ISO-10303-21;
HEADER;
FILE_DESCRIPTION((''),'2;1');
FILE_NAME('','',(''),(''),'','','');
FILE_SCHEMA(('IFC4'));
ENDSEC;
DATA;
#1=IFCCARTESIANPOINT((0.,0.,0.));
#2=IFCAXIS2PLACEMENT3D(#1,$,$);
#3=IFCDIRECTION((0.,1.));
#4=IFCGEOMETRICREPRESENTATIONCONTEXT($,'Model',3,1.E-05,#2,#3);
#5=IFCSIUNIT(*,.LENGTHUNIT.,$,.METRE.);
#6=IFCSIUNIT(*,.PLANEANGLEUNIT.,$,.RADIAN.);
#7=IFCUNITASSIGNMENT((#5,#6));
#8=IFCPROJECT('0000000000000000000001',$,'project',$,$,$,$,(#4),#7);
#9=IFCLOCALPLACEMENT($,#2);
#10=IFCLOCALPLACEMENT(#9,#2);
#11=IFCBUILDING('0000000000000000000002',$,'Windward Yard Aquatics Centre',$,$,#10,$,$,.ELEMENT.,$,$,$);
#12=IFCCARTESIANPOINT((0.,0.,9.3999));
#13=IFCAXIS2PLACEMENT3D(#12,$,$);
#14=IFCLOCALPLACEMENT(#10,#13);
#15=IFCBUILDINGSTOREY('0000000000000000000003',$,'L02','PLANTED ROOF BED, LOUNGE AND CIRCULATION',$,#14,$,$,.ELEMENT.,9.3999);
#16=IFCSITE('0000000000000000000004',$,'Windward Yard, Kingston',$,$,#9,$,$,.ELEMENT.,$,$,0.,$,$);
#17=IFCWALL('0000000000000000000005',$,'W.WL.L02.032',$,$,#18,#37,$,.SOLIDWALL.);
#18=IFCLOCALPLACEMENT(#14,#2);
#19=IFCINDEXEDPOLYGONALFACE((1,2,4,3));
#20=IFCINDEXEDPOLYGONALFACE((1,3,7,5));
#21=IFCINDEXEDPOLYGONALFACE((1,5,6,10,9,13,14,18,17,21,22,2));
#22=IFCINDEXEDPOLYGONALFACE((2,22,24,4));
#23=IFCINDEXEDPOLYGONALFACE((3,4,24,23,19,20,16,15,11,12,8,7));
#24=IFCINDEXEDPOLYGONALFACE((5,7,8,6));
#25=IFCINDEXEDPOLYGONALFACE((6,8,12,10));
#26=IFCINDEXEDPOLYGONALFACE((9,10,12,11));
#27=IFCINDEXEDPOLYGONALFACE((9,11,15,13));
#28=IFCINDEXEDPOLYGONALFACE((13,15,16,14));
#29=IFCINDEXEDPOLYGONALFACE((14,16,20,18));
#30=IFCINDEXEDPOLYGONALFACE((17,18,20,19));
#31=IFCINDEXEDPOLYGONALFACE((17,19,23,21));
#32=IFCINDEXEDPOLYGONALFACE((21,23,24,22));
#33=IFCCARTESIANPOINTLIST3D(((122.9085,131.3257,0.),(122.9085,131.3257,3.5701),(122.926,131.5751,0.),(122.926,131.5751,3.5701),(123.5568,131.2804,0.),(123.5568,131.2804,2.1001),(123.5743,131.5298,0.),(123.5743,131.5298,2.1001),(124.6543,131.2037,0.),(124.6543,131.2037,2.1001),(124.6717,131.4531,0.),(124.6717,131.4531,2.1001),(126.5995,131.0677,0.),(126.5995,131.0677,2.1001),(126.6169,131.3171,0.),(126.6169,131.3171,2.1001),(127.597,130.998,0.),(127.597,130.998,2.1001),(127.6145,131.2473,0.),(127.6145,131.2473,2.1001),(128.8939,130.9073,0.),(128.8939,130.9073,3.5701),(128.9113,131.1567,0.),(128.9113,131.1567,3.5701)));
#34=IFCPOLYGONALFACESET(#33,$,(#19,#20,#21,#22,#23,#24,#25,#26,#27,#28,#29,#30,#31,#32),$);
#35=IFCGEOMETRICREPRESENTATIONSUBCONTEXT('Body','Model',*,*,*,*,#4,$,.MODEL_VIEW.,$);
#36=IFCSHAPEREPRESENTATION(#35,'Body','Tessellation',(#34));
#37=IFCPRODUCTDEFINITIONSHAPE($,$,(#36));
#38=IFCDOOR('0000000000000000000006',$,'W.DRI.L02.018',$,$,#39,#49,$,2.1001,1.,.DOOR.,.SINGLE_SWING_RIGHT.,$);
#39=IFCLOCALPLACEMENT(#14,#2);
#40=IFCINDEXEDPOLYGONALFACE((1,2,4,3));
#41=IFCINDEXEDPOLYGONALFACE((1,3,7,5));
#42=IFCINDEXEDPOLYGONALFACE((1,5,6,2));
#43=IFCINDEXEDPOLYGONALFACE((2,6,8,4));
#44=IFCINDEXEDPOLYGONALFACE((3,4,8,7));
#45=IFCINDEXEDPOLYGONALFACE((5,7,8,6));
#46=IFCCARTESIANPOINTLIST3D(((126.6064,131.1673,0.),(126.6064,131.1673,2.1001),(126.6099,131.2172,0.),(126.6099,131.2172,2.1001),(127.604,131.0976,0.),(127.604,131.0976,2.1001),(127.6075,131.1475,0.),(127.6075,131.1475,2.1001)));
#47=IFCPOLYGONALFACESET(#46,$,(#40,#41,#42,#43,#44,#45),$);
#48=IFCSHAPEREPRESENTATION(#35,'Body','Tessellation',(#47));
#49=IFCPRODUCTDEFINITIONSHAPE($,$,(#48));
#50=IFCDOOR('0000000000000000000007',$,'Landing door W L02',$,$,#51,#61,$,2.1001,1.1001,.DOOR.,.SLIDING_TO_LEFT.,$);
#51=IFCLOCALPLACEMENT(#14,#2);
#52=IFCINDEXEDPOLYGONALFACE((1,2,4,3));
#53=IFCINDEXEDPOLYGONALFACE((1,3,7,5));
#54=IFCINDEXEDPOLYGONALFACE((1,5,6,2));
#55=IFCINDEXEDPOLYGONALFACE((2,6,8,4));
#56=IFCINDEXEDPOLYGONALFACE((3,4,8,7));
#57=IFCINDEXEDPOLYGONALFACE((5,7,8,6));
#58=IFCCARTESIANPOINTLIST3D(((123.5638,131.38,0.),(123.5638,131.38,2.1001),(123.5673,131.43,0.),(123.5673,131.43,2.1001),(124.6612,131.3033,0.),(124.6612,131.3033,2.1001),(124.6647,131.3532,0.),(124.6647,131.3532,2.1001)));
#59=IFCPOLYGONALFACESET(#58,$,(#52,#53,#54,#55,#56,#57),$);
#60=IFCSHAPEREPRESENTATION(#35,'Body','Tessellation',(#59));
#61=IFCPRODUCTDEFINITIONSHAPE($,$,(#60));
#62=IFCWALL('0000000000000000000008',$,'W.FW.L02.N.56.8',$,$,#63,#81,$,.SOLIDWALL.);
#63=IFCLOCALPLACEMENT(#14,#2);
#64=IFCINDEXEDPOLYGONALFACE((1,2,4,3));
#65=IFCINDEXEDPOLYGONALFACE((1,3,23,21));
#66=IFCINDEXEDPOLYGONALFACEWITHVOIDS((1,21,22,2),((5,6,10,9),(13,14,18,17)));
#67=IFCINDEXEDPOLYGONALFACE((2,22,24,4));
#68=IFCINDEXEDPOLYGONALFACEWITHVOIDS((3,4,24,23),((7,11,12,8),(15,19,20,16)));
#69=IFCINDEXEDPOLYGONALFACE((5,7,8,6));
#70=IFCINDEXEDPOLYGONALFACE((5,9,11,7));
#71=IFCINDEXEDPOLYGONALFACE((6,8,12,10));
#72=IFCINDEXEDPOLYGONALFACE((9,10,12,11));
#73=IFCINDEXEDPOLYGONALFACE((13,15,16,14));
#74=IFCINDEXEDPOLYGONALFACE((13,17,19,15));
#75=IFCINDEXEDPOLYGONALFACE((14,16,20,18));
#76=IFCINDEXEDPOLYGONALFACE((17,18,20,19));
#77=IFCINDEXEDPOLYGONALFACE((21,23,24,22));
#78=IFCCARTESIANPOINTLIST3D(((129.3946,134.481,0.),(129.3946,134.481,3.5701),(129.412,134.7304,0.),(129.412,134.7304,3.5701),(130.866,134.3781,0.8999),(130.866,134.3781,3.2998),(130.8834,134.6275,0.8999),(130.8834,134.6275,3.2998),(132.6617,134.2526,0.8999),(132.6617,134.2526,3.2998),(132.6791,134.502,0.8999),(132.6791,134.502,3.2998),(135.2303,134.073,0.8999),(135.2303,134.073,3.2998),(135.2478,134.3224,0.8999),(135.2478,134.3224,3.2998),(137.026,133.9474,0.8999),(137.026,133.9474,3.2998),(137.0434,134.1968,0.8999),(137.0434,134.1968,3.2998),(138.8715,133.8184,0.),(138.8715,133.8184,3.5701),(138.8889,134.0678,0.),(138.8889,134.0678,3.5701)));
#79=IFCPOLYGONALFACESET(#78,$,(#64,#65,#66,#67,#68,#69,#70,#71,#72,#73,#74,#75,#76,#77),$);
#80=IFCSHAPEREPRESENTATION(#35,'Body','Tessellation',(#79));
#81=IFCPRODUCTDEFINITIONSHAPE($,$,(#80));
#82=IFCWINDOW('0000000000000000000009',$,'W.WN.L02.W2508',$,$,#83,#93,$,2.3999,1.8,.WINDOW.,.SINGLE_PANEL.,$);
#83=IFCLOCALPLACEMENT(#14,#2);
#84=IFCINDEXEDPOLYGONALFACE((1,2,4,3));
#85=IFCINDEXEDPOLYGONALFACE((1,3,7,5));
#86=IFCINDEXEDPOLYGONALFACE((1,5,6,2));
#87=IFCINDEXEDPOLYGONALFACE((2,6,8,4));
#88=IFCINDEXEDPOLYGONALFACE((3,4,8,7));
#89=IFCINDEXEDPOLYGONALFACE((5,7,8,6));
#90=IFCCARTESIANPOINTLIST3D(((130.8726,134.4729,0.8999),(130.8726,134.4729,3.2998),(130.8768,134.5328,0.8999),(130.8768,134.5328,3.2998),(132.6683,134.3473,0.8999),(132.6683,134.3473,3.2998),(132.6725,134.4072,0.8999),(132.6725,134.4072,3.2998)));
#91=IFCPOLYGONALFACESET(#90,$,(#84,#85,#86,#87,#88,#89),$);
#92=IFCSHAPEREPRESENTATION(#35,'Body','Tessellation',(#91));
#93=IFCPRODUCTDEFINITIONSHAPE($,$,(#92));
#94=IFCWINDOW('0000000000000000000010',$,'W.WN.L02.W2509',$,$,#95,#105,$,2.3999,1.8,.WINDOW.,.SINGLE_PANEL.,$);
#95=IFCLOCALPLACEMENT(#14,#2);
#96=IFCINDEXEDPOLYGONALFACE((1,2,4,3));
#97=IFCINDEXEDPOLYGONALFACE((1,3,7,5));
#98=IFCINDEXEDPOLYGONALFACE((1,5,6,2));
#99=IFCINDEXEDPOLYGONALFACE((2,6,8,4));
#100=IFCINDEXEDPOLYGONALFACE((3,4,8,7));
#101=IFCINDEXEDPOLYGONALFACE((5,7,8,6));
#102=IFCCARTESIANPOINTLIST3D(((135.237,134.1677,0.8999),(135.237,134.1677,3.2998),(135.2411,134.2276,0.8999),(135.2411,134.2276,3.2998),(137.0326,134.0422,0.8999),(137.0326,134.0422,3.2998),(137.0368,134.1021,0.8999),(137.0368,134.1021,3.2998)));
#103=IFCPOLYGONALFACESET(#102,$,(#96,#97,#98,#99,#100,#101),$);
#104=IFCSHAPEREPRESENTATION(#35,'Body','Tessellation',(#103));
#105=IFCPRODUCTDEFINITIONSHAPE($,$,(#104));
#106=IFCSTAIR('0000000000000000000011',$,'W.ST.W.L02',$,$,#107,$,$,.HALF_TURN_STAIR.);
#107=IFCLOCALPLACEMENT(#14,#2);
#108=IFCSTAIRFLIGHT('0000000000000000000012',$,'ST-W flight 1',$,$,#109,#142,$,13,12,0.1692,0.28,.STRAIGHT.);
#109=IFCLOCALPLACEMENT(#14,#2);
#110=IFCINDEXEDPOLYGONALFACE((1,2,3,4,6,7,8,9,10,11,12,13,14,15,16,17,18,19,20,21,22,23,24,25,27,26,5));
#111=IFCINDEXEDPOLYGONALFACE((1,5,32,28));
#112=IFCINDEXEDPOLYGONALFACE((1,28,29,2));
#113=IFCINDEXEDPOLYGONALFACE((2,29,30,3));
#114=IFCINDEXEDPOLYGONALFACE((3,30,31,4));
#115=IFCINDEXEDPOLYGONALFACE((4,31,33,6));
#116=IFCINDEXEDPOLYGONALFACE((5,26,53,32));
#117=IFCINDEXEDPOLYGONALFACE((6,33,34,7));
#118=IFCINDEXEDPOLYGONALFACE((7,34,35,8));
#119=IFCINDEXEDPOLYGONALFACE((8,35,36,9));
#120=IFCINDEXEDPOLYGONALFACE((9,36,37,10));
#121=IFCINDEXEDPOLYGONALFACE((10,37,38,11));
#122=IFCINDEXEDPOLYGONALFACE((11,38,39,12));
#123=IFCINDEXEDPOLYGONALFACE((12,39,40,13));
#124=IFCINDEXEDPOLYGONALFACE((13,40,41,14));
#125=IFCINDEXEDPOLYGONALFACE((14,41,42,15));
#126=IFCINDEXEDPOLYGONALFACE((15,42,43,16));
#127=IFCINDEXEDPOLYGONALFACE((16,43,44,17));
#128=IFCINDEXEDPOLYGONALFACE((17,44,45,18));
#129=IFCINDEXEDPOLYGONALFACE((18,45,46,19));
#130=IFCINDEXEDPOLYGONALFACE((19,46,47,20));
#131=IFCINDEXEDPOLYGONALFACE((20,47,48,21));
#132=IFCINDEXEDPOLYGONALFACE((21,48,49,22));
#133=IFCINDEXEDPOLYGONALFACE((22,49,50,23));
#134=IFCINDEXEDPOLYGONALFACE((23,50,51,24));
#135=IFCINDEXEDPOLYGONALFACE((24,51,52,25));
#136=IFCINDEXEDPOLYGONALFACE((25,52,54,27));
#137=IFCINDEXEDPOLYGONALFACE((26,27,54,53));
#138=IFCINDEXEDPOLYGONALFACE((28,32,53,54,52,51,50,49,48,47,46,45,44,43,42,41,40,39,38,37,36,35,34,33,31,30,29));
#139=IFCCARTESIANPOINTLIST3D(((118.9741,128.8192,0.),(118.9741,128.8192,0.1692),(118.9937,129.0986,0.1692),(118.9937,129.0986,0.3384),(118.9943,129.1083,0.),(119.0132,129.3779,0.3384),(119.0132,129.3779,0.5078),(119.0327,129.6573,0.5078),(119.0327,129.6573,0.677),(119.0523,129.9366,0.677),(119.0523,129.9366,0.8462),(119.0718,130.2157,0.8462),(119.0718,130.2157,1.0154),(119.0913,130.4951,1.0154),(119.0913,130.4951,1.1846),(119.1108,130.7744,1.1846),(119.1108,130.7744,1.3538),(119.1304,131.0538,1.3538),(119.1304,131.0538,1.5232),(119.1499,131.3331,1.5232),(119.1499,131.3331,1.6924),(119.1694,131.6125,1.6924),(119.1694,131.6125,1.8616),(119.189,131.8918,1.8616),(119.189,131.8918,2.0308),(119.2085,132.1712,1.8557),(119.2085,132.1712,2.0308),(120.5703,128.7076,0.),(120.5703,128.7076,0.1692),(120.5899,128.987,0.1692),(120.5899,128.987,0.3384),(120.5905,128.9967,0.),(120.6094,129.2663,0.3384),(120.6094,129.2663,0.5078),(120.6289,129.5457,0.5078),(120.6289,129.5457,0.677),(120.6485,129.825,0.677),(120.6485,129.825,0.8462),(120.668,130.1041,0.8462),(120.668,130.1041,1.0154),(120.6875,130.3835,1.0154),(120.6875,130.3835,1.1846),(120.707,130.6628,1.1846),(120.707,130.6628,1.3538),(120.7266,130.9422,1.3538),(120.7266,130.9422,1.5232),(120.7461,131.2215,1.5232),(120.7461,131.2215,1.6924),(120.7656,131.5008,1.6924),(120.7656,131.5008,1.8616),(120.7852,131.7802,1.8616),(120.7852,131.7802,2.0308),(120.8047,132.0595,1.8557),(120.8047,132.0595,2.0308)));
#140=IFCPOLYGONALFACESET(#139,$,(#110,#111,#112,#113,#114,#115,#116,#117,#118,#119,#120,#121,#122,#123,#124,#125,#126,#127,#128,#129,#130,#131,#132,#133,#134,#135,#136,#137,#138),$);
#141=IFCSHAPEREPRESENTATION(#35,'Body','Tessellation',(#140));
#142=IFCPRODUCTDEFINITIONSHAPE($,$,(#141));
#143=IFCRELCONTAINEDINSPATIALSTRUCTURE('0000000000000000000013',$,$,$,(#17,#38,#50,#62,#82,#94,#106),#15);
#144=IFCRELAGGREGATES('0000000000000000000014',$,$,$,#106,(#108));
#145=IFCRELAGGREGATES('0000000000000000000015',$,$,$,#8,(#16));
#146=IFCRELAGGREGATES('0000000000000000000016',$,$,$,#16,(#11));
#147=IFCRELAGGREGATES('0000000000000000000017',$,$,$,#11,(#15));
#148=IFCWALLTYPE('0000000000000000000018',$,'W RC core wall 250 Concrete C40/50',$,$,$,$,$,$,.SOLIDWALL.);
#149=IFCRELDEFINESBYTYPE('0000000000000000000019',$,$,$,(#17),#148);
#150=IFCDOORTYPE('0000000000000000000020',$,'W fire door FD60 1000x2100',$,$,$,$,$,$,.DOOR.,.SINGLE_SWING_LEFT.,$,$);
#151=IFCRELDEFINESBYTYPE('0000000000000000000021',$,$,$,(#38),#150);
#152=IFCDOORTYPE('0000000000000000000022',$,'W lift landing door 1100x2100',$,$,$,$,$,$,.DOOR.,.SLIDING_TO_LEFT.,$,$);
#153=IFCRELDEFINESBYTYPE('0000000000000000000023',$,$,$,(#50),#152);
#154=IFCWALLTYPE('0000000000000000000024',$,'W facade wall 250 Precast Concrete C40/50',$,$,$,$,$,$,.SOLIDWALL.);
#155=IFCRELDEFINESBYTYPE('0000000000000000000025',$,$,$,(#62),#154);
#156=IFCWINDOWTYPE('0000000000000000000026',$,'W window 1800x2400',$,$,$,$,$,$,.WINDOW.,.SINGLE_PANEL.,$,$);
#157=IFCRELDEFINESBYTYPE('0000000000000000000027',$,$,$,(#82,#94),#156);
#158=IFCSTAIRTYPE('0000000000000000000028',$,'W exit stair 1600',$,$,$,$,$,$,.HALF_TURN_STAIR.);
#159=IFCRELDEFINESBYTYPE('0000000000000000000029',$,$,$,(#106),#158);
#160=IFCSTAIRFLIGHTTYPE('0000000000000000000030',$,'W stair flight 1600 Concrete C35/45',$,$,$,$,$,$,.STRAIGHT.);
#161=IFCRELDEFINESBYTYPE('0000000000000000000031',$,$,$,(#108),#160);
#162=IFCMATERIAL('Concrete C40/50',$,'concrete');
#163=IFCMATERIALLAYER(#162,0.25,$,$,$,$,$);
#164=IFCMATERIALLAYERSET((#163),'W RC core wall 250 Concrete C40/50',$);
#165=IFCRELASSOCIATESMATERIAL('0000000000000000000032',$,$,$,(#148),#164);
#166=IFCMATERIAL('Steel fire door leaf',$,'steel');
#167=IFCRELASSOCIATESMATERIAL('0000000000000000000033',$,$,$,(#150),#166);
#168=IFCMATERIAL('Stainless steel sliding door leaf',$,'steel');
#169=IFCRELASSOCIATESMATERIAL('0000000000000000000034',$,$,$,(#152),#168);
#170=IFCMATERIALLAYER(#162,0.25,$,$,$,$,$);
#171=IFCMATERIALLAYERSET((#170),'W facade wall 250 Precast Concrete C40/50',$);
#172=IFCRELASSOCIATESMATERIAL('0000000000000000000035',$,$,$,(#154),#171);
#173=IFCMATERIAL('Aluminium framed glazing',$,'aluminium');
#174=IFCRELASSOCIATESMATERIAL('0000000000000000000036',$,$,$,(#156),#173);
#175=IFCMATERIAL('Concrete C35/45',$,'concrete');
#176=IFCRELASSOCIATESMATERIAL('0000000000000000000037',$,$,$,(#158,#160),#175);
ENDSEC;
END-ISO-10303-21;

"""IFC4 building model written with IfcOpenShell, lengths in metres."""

from ifc_helpers import new_model, si_unit, direction, frame, frame_2d, origin, place, context, subcontext, project, spatial, polyline, rectangle, outline, extrude, material, layer, layer_set, type_object, element, fill, aggregate, save


model = new_model("IFC4")

# Units and contexts
model_context = context("Model", 3, precision=1e-05, world=origin(), true_north=direction((0.0, 1.0)))
body_context = subcontext(model_context, "Body", "Model", "MODEL_VIEW")
ifc_project = project(units=[si_unit("LENGTHUNIT", "METRE"), si_unit("PLANEANGLEUNIT", "RADIAN")], contexts=[model_context])

# Site, building, storey
site_placement = place(None, origin())
site = spatial("IfcSite", under=ifc_project, at=site_placement, Name="Windward Yard, Kingston", CompositionType="ELEMENT", RefElevation=0.0)
building_placement = place(site_placement, origin())
building = spatial("IfcBuilding", under=site, at=building_placement, Name="Windward Yard Aquatics Centre", CompositionType="ELEMENT")
storey_placement = place(building_placement, frame((0.0, 0.0, 9.3999)))
storey = spatial("IfcBuildingStorey", under=building, at=storey_placement, Name="L02", Description="PLANTED ROOF BED, LOUNGE AND CIRCULATION", CompositionType="ELEMENT", Elevation=9.3999)

# Shared definitions
ifc_material_1 = material(Name="Concrete C40/50", Category="concrete")

# Shared definitions
ifc_layer_1 = layer(ifc_material_1, 0.25)
ifc_layer_set_1 = layer_set([ifc_layer_1], Name="W RC core wall 250 Concrete C40/50")
wall_type_1 = type_object("IfcWallType", Name="W RC core wall 250 Concrete C40/50", PredefinedType="SOLIDWALL", material=ifc_layer_set_1)

# Shared definitions
ifc_material_2 = material(Name="Steel fire door leaf", Category="steel")

# Wall, openings, doors
wall_1_placement = place(storey_placement, frame((122.9172, 131.4504, 0.0), z_axis=(0.0, 0.0, 1.0), x_axis=(0.997565, -0.069743, 0.0)))
wall_1 = element("IfcWall", 1, at=wall_1_placement, inside=storey, type_object=wall_type_1, Name="W.WL.L02.032", PredefinedType="SOLIDWALL", context=body_context, shape_type="SweptSolid", body=[
    extrude(rectangle(XDim=6.0, YDim=0.25, at=frame_2d((3.0, 0.0))), origin(), (0.0, 0.0, 1.0), 3.5701),
])
opening_1_placement = place(wall_1_placement, frame((3.7, 0.0, 0.0)))
opening_1 = element("IfcOpeningElement", 2, at=opening_1_placement, cuts=wall_1, PredefinedType="OPENING", context=body_context, shape_type="SweptSolid", body=[
    extrude(rectangle(XDim=1.0, YDim=2.1001, at=frame_2d((0.5, 1.05))), frame((0.0, 0.135, 0.0), z_axis=(0.0, -1.0, 0.0), x_axis=(1.0, 0.0, 0.0)), (0.0, 0.0, 1.0), 0.27),
])
opening_2_placement = place(wall_1_placement, frame((0.6499, 0.0, 0.0)))
opening_2 = element("IfcOpeningElement", 3, at=opening_2_placement, cuts=wall_1, PredefinedType="OPENING", context=body_context, shape_type="SweptSolid", body=[
    extrude(rectangle(XDim=1.1001, YDim=2.1001, at=frame_2d((0.55, 1.05))), frame((0.0, 0.135, 0.0), z_axis=(0.0, -1.0, 0.0), x_axis=(1.0, 0.0, 0.0)), (0.0, 0.0, 1.0), 0.27),
])
door_type_1 = type_object("IfcDoorType", Name="W fire door FD60 1000x2100", OperationType="SINGLE_SWING_LEFT", PredefinedType="DOOR", material=ifc_material_2)
door_1_placement = place(opening_1_placement, origin())
door_1 = element("IfcDoor", 4, at=door_1_placement, inside=storey, type_object=door_type_1, Name="W.DRI.L02.018", OperationType="SINGLE_SWING_RIGHT", OverallHeight=2.1001, OverallWidth=1.0, PredefinedType="DOOR", context=body_context, shape_type="SweptSolid", body=[
    extrude(rectangle(XDim=1.0, YDim=2.1001, at=frame_2d((0.5, 1.05))), frame((0.0, 0.0249, 0.0), z_axis=(0.0, -1.0, 0.0), x_axis=(1.0, 0.0, 0.0)), (0.0, 0.0, 1.0), 0.05),
])
fill(opening_1, door_1)
ifc_material_3 = material(Name="Stainless steel sliding door leaf", Category="steel")
door_type_2 = type_object("IfcDoorType", Name="W lift landing door 1100x2100", OperationType="SLIDING_TO_LEFT", PredefinedType="DOOR", material=ifc_material_3)
door_2_placement = place(opening_2_placement, origin())
door_2 = element("IfcDoor", 5, at=door_2_placement, inside=storey, type_object=door_type_2, Name="Landing door W L02", OperationType="SLIDING_TO_LEFT", OverallHeight=2.1001, OverallWidth=1.1001, PredefinedType="DOOR", context=body_context, shape_type="SweptSolid", body=[
    extrude(rectangle(XDim=1.1001, YDim=2.1001, at=frame_2d((0.55, 1.05))), frame((0.0, 0.0249, 0.0), z_axis=(0.0, -1.0, 0.0), x_axis=(1.0, 0.0, 0.0)), (0.0, 0.0, 1.0), 0.05),
])
fill(opening_2, door_2)

# Wall, openings, windows
ifc_layer_2 = layer(ifc_material_1, 0.25)
ifc_layer_set_2 = layer_set([ifc_layer_2], Name="W facade wall 250 Precast Concrete C40/50")
wall_type_2 = type_object("IfcWallType", Name="W facade wall 250 Precast Concrete C40/50", PredefinedType="SOLIDWALL", material=ifc_layer_set_2)
wall_2_placement = place(storey_placement, frame((129.4033, 134.6057, 0.0), z_axis=(0.0, 0.0, 1.0), x_axis=(0.997565, -0.069748, 0.0)))
wall_2 = element("IfcWall", 6, at=wall_2_placement, inside=storey, type_object=wall_type_2, Name="W.FW.L02.N.56.8", PredefinedType="SOLIDWALL", context=body_context, shape_type="SweptSolid", body=[
    extrude(rectangle(XDim=9.5, YDim=0.25, at=frame_2d((4.75, 0.0))), origin(), (0.0, 0.0, 1.0), 3.5701),
])
opening_3_placement = place(wall_2_placement, frame((1.4751, 0.0, 0.8999)))
opening_3 = element("IfcOpeningElement", 7, at=opening_3_placement, cuts=wall_2, PredefinedType="OPENING", context=body_context, shape_type="SweptSolid", body=[
    extrude(rectangle(XDim=1.8, YDim=2.3999, at=frame_2d((0.8999, 1.2))), frame((0.0, 0.135, 0.0), z_axis=(0.0, -1.0, 0.0), x_axis=(1.0, 0.0, 0.0)), (0.0, 0.0, 1.0), 0.27),
])
opening_4_placement = place(wall_2_placement, frame((5.8501, 0.0, 0.8999)))
opening_4 = element("IfcOpeningElement", 8, at=opening_4_placement, cuts=wall_2, PredefinedType="OPENING", context=body_context, shape_type="SweptSolid", body=[
    extrude(rectangle(XDim=1.8, YDim=2.3999, at=frame_2d((0.8999, 1.2))), frame((0.0, 0.135, 0.0), z_axis=(0.0, -1.0, 0.0), x_axis=(1.0, 0.0, 0.0)), (0.0, 0.0, 1.0), 0.27),
])
ifc_material_4 = material(Name="Aluminium framed glazing", Category="aluminium")
window_type = type_object("IfcWindowType", Name="W window 1800x2400", PartitioningType="SINGLE_PANEL", PredefinedType="WINDOW", material=ifc_material_4)
window_1_placement = place(opening_3_placement, origin())
window_1 = element("IfcWindow", 9, at=window_1_placement, inside=storey, type_object=window_type, Name="W.WN.L02.W2508", OverallHeight=2.3999, OverallWidth=1.8, PartitioningType="SINGLE_PANEL", PredefinedType="WINDOW", context=body_context, shape_type="SweptSolid", body=[
    extrude(rectangle(XDim=1.8, YDim=2.3999, at=frame_2d((0.8999, 1.2))), frame((0.0, 0.03, 0.0), z_axis=(0.0, -1.0, 0.0), x_axis=(1.0, 0.0, 0.0)), (0.0, 0.0, 1.0), 0.0601),
])
fill(opening_3, window_1)
window_2_placement = place(opening_4_placement, origin())
window_2 = element("IfcWindow", 10, at=window_2_placement, inside=storey, type_object=window_type, Name="W.WN.L02.W2509", OverallHeight=2.3999, OverallWidth=1.8, PartitioningType="SINGLE_PANEL", PredefinedType="WINDOW", context=body_context, shape_type="SweptSolid", body=[
    extrude(rectangle(XDim=1.8, YDim=2.3999, at=frame_2d((0.8999, 1.2))), frame((0.0, 0.03, 0.0), z_axis=(0.0, -1.0, 0.0), x_axis=(1.0, 0.0, 0.0)), (0.0, 0.0, 1.0), 0.0601),
])
fill(opening_4, window_2)

# Stair, stair flight
ifc_material_5 = material(Name="Concrete C35/45", Category="concrete")
stair_type = type_object("IfcStairType", Name="W exit stair 1600", PredefinedType="HALF_TURN_STAIR", material=ifc_material_5)
stair_placement = place(storey_placement, origin())
stair = element("IfcStair", 11, at=stair_placement, inside=storey, type_object=stair_type, Name="W.ST.W.L02", PredefinedType="HALF_TURN_STAIR")
stair_flight_type = type_object("IfcStairFlightType", Name="W stair flight 1600 Concrete C35/45", PredefinedType="STRAIGHT", material=ifc_material_5)
stair_flight_1_placement = place(storey_placement, frame((119.7722, 128.7634, 0.0), z_axis=(0.0, 0.0, 1.0), x_axis=(0.069756, 0.997564, 0.0)))
stair_flight_1 = element("IfcStairFlight", 12, at=stair_flight_1_placement, type_object=stair_flight_type, Name="ST-W flight 1", NumberOfRisers=13, NumberOfTreads=12, PredefinedType="STRAIGHT", RiserHeight=0.1692, TreadLength=0.28, context=body_context, shape_type="SweptSolid", body=[
    extrude(outline(polyline([(0.0, 0.0), (0.0, 0.1692), (0.28, 0.1692), (0.28, 0.3384), (0.5601, 0.3384), (0.5601, 0.5078), (0.8401, 0.5078), (0.8401, 0.677), (1.1201, 0.677), (1.1201, 0.8462), (1.3999, 0.8462), (1.3999, 1.0154), (1.6799, 1.0154), (1.6799, 1.1846), (1.96, 1.1846), (1.96, 1.3538), (2.24, 1.3538), (2.24, 1.5232), (2.52, 1.5232), (2.52, 1.6924), (2.8, 1.6924), (2.8, 1.8616), (3.0801, 1.8616), (3.0801, 2.0308), (3.3601, 2.0308), (3.3601, 2.2), (3.3601, 1.8557), (0.2898, 0.0), (0.0, 0.0)])), frame((0.0, 0.8, 0.0), z_axis=(0.0, -1.0, 0.0), x_axis=(1.0, 0.0, 0.0)), (0.0, 0.0, 1.0), 1.6001),
])
aggregate(stair, [stair_flight_1])

save(model, "model.ifc")
